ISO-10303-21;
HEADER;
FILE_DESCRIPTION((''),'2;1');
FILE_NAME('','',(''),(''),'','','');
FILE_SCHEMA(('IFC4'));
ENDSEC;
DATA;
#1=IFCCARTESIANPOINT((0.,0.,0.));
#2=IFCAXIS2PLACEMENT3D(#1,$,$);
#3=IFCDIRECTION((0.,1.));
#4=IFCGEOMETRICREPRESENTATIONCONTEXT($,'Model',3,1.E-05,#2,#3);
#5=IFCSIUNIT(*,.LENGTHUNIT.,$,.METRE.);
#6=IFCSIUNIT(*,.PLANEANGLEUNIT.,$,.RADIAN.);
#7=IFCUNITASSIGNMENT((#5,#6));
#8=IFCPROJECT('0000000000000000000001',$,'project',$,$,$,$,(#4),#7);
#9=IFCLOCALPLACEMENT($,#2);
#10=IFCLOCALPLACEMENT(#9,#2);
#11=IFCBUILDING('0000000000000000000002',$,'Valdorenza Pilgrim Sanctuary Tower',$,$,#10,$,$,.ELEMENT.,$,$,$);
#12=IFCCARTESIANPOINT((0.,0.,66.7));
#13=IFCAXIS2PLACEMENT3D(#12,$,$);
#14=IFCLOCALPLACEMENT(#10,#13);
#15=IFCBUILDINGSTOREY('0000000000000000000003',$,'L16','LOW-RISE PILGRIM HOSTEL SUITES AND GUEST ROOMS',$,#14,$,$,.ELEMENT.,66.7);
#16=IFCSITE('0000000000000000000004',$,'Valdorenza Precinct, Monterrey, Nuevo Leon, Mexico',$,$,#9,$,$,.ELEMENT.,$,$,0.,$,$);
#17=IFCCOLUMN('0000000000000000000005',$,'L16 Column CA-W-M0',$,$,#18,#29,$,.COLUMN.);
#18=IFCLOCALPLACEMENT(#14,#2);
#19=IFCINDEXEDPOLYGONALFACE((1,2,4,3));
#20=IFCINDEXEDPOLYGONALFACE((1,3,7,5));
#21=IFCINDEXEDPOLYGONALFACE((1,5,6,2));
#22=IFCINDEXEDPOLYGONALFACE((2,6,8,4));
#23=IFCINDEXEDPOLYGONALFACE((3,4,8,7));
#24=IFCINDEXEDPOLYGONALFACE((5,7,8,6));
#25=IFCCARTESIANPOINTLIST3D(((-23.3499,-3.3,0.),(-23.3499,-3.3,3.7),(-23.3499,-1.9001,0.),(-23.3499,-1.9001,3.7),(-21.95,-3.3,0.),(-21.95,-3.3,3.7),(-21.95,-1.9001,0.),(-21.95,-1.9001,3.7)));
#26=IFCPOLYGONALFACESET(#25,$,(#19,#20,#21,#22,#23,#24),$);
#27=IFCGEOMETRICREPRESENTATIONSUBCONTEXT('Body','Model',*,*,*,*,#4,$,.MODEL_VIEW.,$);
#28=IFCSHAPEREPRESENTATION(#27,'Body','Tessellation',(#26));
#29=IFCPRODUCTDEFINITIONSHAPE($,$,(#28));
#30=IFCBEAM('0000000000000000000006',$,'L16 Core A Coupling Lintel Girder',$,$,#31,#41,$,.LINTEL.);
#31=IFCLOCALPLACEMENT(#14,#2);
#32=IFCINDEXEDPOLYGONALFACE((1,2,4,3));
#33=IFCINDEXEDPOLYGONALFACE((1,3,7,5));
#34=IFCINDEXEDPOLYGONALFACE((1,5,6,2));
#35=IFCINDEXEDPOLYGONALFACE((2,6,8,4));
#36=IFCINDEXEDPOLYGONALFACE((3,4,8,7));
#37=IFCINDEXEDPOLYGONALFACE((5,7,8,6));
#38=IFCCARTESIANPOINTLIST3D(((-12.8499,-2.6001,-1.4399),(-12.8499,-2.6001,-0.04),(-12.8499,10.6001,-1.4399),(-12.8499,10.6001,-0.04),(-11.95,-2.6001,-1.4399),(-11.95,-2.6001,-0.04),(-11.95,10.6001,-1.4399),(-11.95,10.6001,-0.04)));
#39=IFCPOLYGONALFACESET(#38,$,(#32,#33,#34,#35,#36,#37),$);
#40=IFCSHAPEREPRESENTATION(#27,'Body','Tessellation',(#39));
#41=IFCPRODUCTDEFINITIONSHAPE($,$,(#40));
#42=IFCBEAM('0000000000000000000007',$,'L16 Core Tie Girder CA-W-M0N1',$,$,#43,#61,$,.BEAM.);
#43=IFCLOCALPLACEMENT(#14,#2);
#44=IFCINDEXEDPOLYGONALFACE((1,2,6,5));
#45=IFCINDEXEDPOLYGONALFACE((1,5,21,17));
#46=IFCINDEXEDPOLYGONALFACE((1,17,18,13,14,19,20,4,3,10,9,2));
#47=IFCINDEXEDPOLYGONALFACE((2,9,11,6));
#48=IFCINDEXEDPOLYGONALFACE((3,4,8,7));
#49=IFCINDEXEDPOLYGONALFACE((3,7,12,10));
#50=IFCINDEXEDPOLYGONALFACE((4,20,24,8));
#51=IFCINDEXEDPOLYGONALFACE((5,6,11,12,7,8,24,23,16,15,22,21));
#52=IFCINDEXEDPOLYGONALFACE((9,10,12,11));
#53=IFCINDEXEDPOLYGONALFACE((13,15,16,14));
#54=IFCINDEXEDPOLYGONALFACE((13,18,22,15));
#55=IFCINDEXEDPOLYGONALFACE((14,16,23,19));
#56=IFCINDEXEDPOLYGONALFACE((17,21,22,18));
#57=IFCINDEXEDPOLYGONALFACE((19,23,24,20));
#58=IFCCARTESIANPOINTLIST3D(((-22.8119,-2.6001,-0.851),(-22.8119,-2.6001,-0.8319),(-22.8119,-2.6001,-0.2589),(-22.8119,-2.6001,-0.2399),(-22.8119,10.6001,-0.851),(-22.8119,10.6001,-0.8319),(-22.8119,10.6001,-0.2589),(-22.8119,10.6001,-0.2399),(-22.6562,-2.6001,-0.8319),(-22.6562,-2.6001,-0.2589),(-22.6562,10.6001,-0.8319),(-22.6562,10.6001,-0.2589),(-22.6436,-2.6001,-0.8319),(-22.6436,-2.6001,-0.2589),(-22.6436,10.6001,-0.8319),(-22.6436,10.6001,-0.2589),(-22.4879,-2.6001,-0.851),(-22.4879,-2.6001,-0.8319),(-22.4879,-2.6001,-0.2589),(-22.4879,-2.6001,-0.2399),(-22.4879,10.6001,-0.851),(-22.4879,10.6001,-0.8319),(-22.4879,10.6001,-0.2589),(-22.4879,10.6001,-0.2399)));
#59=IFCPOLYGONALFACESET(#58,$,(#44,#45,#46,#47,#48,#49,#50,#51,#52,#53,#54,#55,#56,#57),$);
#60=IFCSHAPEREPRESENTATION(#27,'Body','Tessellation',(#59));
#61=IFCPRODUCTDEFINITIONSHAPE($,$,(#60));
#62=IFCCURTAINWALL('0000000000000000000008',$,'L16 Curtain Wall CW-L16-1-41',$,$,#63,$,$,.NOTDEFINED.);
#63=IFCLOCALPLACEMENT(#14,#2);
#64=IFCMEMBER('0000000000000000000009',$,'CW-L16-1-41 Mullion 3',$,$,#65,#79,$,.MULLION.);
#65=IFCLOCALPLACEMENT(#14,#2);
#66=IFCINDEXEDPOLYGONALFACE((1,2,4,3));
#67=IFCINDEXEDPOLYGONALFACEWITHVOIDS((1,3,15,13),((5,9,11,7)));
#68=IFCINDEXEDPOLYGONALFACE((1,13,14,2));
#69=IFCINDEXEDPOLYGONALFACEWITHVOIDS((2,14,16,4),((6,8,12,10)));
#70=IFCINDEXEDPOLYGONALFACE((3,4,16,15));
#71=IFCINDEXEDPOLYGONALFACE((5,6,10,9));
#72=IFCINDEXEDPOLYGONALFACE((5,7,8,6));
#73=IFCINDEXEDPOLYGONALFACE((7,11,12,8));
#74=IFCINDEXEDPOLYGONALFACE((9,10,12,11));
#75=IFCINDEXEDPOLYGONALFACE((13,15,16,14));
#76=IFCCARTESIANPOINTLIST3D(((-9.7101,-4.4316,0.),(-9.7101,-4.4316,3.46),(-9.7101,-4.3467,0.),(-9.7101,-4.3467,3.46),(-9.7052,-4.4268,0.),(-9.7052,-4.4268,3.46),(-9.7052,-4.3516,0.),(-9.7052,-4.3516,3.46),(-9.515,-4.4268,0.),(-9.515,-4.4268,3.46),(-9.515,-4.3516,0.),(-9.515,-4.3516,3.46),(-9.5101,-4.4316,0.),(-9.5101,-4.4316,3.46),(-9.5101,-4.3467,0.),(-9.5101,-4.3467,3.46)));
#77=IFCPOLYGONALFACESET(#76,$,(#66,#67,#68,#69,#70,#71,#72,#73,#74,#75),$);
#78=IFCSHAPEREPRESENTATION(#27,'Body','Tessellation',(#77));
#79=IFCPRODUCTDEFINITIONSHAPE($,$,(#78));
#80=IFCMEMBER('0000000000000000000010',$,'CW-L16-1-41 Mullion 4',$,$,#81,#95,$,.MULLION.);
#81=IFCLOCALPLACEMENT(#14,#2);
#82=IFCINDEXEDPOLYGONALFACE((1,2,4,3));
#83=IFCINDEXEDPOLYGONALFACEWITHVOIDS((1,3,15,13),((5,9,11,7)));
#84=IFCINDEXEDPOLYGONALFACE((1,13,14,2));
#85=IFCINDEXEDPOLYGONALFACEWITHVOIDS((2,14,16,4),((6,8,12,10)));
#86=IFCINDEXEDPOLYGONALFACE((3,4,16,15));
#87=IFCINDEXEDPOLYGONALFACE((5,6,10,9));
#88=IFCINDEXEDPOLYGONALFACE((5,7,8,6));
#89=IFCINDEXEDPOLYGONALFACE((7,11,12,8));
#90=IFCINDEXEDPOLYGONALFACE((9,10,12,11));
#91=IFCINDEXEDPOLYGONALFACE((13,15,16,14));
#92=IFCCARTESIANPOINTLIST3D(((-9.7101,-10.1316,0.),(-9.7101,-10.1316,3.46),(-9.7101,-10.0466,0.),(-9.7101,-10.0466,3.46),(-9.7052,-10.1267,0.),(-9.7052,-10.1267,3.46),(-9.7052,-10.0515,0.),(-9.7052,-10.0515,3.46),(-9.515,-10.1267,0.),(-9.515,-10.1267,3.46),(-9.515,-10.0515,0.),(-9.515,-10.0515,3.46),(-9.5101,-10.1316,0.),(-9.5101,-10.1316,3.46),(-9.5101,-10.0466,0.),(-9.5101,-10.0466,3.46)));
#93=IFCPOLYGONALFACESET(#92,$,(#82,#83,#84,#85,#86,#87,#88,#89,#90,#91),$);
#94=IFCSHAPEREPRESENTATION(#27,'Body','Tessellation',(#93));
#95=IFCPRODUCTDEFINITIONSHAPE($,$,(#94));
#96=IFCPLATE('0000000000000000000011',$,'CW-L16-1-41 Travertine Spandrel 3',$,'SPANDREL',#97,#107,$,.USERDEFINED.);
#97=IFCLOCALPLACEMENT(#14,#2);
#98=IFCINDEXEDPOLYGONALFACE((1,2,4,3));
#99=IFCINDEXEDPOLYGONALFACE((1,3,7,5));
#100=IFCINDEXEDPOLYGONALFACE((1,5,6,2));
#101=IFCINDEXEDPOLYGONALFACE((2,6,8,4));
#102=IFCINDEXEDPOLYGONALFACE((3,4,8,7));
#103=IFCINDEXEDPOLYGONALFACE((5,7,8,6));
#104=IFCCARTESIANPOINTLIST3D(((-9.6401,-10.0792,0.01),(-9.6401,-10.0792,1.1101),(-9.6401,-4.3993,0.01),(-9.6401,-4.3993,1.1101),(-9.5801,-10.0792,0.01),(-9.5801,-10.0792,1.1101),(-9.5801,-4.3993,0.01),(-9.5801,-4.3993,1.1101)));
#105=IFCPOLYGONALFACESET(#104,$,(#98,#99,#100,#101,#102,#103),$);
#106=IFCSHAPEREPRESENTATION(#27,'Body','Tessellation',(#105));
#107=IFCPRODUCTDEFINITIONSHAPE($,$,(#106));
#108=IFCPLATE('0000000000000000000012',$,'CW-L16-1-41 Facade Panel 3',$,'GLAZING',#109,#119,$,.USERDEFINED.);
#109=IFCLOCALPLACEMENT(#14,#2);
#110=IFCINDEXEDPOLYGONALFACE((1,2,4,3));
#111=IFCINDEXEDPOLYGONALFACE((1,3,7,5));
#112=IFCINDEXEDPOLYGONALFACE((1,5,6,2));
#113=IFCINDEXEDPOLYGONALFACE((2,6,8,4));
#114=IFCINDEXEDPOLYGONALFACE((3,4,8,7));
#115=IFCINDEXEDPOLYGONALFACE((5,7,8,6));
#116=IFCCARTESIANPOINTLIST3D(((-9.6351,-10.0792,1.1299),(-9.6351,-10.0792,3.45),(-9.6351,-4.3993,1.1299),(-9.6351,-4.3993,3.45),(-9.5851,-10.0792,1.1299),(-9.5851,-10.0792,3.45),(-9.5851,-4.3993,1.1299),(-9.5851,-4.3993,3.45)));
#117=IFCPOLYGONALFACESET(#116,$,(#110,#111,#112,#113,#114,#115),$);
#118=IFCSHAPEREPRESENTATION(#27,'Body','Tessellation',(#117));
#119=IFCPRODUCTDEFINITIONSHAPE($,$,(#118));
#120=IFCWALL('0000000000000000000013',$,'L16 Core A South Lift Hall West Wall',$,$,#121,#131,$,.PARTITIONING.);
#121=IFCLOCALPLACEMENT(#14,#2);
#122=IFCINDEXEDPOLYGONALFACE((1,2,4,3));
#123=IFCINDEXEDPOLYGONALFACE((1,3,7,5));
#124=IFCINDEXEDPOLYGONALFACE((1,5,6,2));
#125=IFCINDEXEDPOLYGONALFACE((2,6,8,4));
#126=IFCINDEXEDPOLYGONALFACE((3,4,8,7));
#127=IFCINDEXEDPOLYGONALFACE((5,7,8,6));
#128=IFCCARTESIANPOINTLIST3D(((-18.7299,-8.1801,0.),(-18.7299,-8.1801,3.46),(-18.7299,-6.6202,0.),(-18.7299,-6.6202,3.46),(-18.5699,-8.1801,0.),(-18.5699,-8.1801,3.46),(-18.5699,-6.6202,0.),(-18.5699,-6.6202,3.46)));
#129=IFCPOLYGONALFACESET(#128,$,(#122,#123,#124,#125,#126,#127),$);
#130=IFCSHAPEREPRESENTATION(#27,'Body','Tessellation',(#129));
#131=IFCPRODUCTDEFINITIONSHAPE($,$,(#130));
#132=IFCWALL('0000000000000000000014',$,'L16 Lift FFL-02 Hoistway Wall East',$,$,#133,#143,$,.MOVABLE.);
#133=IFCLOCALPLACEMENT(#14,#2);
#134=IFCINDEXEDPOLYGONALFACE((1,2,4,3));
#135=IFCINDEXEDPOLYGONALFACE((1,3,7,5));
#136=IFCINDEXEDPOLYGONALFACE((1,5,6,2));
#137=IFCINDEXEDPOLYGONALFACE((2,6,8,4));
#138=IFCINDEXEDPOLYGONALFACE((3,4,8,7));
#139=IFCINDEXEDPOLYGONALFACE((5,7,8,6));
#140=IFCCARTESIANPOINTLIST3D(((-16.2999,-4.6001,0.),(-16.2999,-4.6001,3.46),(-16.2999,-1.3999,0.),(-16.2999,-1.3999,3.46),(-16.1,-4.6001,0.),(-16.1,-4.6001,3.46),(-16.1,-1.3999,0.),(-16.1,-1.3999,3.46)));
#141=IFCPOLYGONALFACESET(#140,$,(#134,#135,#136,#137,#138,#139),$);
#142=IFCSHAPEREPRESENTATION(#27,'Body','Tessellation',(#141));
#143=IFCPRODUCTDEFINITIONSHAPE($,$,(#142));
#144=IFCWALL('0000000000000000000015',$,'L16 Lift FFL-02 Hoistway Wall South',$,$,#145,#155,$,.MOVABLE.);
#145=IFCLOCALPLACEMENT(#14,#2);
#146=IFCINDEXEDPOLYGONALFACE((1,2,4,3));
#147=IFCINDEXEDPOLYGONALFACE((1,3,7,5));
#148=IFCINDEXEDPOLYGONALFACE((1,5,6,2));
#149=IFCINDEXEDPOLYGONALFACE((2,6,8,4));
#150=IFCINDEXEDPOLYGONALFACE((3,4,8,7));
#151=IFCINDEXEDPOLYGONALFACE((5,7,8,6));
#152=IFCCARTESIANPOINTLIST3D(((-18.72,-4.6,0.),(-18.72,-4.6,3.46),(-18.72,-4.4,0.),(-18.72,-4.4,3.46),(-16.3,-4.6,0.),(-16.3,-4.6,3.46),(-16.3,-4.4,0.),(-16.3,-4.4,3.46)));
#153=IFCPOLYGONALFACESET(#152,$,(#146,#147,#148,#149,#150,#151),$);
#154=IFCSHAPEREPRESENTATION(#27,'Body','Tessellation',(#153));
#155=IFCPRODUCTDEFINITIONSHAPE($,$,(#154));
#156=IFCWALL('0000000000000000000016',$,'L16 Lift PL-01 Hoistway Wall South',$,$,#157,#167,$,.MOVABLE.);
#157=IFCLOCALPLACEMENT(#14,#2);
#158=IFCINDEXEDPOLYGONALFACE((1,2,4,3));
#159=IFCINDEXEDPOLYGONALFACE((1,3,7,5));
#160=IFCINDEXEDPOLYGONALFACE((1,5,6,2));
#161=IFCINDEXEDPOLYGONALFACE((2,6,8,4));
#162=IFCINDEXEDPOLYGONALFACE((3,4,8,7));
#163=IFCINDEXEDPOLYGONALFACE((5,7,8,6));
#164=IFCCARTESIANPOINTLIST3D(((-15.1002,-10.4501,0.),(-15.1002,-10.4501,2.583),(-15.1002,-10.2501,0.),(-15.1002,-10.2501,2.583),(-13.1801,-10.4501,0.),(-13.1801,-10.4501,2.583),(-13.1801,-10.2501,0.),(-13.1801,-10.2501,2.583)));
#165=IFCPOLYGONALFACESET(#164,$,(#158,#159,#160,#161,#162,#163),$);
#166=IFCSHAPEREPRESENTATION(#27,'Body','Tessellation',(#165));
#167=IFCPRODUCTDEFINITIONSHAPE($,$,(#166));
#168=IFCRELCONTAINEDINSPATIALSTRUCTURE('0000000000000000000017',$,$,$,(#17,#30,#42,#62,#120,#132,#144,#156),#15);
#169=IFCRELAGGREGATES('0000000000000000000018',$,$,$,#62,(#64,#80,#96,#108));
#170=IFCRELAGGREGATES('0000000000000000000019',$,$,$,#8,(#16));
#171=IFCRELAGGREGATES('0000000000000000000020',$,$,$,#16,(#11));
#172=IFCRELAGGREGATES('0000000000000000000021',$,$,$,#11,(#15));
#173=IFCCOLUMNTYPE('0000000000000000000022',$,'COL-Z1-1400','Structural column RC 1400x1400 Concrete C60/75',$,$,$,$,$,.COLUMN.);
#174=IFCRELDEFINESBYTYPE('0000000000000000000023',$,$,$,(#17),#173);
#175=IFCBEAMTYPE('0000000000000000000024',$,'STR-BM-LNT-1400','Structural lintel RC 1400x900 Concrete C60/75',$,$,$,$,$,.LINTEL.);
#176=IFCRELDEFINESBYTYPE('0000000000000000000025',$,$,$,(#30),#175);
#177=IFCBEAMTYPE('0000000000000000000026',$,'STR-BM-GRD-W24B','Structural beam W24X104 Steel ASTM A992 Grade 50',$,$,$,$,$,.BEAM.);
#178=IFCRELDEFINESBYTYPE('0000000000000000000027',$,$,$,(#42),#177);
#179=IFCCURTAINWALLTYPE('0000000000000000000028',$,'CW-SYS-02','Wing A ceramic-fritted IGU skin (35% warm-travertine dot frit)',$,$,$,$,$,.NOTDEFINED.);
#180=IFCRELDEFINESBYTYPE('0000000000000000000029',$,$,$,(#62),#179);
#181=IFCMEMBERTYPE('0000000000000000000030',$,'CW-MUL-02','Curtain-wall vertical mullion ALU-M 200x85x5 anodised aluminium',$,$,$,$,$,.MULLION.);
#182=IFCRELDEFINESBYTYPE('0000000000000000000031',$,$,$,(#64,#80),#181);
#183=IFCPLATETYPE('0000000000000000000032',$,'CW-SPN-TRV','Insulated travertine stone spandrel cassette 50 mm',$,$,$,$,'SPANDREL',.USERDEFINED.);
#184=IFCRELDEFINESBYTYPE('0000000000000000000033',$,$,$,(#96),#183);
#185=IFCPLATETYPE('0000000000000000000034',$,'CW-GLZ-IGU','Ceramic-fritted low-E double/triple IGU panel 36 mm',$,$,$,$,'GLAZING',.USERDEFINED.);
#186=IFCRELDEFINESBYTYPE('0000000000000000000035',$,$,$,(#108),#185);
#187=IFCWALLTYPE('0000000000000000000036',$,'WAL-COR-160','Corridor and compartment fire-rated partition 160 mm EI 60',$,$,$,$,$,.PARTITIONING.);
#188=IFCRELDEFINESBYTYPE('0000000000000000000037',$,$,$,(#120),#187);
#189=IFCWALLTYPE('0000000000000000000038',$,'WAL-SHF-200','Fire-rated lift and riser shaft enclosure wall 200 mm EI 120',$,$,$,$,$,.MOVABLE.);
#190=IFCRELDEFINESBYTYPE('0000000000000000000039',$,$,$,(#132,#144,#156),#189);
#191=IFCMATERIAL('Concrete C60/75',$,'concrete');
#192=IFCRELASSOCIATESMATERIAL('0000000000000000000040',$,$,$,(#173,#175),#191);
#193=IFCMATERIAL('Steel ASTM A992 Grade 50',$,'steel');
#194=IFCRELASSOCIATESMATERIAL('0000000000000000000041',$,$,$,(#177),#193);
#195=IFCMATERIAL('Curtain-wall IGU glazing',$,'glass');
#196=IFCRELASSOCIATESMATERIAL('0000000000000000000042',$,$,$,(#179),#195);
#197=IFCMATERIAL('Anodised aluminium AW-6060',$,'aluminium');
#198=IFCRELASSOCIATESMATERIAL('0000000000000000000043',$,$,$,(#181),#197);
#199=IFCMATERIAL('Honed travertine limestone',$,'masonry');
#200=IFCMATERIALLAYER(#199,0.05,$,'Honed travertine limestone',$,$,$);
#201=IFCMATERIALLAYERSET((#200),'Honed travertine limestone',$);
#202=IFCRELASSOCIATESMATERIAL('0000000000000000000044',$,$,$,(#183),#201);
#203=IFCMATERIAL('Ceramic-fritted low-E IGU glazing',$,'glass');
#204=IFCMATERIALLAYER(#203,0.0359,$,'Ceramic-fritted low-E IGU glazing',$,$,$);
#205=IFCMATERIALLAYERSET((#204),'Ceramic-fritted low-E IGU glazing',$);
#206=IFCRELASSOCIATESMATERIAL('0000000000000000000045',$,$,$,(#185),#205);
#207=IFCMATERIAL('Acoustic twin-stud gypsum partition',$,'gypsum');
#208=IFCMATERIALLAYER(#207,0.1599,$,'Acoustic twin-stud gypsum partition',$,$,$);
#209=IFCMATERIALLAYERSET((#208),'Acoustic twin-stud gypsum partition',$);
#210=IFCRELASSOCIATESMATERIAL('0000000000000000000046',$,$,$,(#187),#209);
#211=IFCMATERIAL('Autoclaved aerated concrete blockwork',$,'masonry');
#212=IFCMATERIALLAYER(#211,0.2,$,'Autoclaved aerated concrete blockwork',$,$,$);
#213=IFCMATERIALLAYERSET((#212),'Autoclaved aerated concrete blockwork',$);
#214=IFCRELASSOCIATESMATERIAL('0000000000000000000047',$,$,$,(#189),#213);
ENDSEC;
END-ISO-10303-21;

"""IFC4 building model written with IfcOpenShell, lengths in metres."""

from ifc_helpers import new_model, si_unit, direction, frame, frame_2d, origin, origin_2d, place, context, subcontext, project, spatial, rectangle, hollow_rectangle, i_section, extrude, source, transform, mapped, material, layer, layer_set, material_profile, profile_set, type_object, element, aggregate, save


model = new_model("IFC4")

# Units and contexts
model_context = context("Model", 3, precision=1e-05, world=origin(), true_north=direction((0.0, 1.0)))
body_context = subcontext(model_context, "Body", "Model", "MODEL_VIEW")
ifc_project = project(units=[si_unit("LENGTHUNIT", "METRE"), si_unit("PLANEANGLEUNIT", "RADIAN")], contexts=[model_context])

# Site, building, storey
site_placement = place(None, origin())
site = spatial("IfcSite", under=ifc_project, at=site_placement, Name="Valdorenza Precinct, Monterrey, Nuevo Leon, Mexico", CompositionType="ELEMENT", RefElevation=0.0)
building_placement = place(site_placement, origin())
building = spatial("IfcBuilding", under=site, at=building_placement, Name="Valdorenza Pilgrim Sanctuary Tower", CompositionType="ELEMENT")
storey_placement = place(building_placement, frame((0.0, 0.0, 66.7)))
storey = spatial("IfcBuildingStorey", under=building, at=storey_placement, Name="L16", Description="LOW-RISE PILGRIM HOSTEL SUITES AND GUEST ROOMS", CompositionType="ELEMENT", Elevation=66.7)

# Column
ifc_material_1 = material(Name="Concrete C60/75", Category="concrete")
ifc_material_profile_1 = material_profile(ifc_material_1, rectangle(XDim=1.3999, YDim=1.3999, at=origin_2d()), Name="RC 1400x1400")
ifc_profile_set_1 = profile_set([ifc_material_profile_1], Name="Concrete C60/75")
column_type = type_object("IfcColumnType", Name="COL-Z1-1400", Description="Structural column RC 1400x1400 Concrete C60/75", PredefinedType="COLUMN", material=ifc_profile_set_1)
shared_shape_1 = source(origin(), body_context, "Body", "SweptSolid", [
    extrude(rectangle(XDim=1.3999, YDim=1.3999, at=origin_2d()), origin(), (0.0, 0.0, 1.0), 3.7),
])
column_placement = place(storey_placement, frame((-22.6499, -2.6001, 0.0), z_axis=(0.0, 0.0, 1.0), x_axis=(1.0, 0.0, 0.0)))
element("IfcColumn", 1, at=column_placement, inside=storey, type_object=column_type, Name="L16 Column CA-W-M0", PredefinedType="COLUMN", context=body_context, shape_type="MappedRepresentation", body=[
    mapped(shared_shape_1, transform((0.0, 0.0, 0.0), x_axis=(1.0, 0.0, 0.0), y_axis=(0.0, 1.0, 0.0), z_axis=(0.0, 0.0, 1.0), scale=1.0)),
])

# Beams
ifc_material_profile_2 = material_profile(ifc_material_1, rectangle(XDim=0.8999, YDim=1.3999, at=origin_2d()), Name="RC 1400x900")
ifc_profile_set_2 = profile_set([ifc_material_profile_2], Name="Concrete C60/75")
beam_type_1 = type_object("IfcBeamType", Name="STR-BM-LNT-1400", Description="Structural lintel RC 1400x900 Concrete C60/75", PredefinedType="LINTEL", material=ifc_profile_set_2)
shared_shape_2 = source(origin(), body_context, "Body", "SweptSolid", [
    extrude(rectangle(XDim=0.8999, YDim=1.3999, at=origin_2d()), origin(), (0.0, 0.0, 1.0), 13.2002),
])
beam_1_placement = place(storey_placement, frame((-12.3999, -2.6001, -0.74), z_axis=(0.0, 1.0, 0.0), x_axis=(-1.0, 0.0, 0.0)))
element("IfcBeam", 2, at=beam_1_placement, inside=storey, type_object=beam_type_1, Name="L16 Core A Coupling Lintel Girder", PredefinedType="LINTEL", context=body_context, shape_type="MappedRepresentation", body=[
    mapped(shared_shape_2, transform((0.0, 0.0, 0.0), x_axis=(1.0, 0.0, 0.0), y_axis=(0.0, 1.0, 0.0), z_axis=(0.0, 0.0, 1.0), scale=1.0)),
])
ifc_material_2 = material(Name="Steel ASTM A992 Grade 50", Category="steel")
ifc_material_profile_3 = material_profile(ifc_material_2, i_section(OverallWidth=0.324, OverallDepth=0.6111, WebThickness=0.0127, FlangeThickness=0.019, at=origin_2d()), Name="W24X104")
ifc_profile_set_3 = profile_set([ifc_material_profile_3], Name="Steel ASTM A992 Grade 50")
beam_type_2 = type_object("IfcBeamType", Name="STR-BM-GRD-W24B", Description="Structural beam W24X104 Steel ASTM A992 Grade 50", PredefinedType="BEAM", material=ifc_profile_set_3)
shared_shape_3 = source(origin(), body_context, "Body", "SweptSolid", [
    extrude(i_section(OverallWidth=0.324, OverallDepth=0.6111, WebThickness=0.0127, FlangeThickness=0.019, at=origin_2d()), origin(), (0.0, 0.0, 1.0), 13.2002),
])
beam_2_placement = place(storey_placement, frame((-22.6499, -2.6001, -0.5454), z_axis=(0.0, 1.0, 0.0), x_axis=(-1.0, 0.0, 0.0)))
element("IfcBeam", 3, at=beam_2_placement, inside=storey, type_object=beam_type_2, Name="L16 Core Tie Girder CA-W-M0N1", PredefinedType="BEAM", context=body_context, shape_type="MappedRepresentation", body=[
    mapped(shared_shape_3, transform((0.0, 0.0, 0.0), x_axis=(1.0, 0.0, 0.0), y_axis=(0.0, 1.0, 0.0), z_axis=(0.0, 0.0, 1.0), scale=1.0)),
])

# Curtain wall, members, plates
ifc_material_3 = material(Name="Curtain-wall IGU glazing", Category="glass")
curtain_wall_type = type_object("IfcCurtainWallType", Name="CW-SYS-02", Description="Wing A ceramic-fritted IGU skin (35% warm-travertine dot frit)", PredefinedType="NOTDEFINED", material=ifc_material_3)
curtain_wall_placement = place(storey_placement, origin())
curtain_wall = element("IfcCurtainWall", 4, at=curtain_wall_placement, inside=storey, type_object=curtain_wall_type, Name="L16 Curtain Wall CW-L16-1-41", PredefinedType="NOTDEFINED")
ifc_material_4 = material(Name="Anodised aluminium AW-6060", Category="aluminium")
ifc_material_profile_4 = material_profile(ifc_material_4, hollow_rectangle(XDim=0.085, YDim=0.2, WallThickness=0.0049, at=origin_2d()), Name="ALU-M 200x85x5")
ifc_profile_set_4 = profile_set([ifc_material_profile_4], Name="Anodised aluminium AW-6060")
member_type = type_object("IfcMemberType", Name="CW-MUL-02", Description="Curtain-wall vertical mullion ALU-M 200x85x5 anodised aluminium", PredefinedType="MULLION", material=ifc_profile_set_4)
shared_shape_4 = source(origin(), body_context, "Body", "SweptSolid", [
    extrude(hollow_rectangle(XDim=0.085, YDim=0.2, WallThickness=0.0049, at=origin_2d()), origin(), (0.0, 0.0, 1.0), 3.46),
])
member_1_placement = place(storey_placement, frame((-9.6101, -4.3892, 0.0), z_axis=(0.0, 0.0, 1.0), x_axis=(0.0, -1.0, 0.0)))
member_1 = element("IfcMember", 5, at=member_1_placement, type_object=member_type, Name="CW-L16-1-41 Mullion 3", PredefinedType="MULLION", context=body_context, shape_type="MappedRepresentation", body=[
    mapped(shared_shape_4, transform((0.0, 0.0, 0.0), x_axis=(1.0, 0.0, 0.0), y_axis=(0.0, 1.0, 0.0), z_axis=(0.0, 0.0, 1.0), scale=1.0)),
])
member_2_placement = place(storey_placement, frame((-9.6101, -10.0891, 0.0), z_axis=(0.0, 0.0, 1.0), x_axis=(0.0, -1.0, 0.0)))
member_2 = element("IfcMember", 6, at=member_2_placement, type_object=member_type, Name="CW-L16-1-41 Mullion 4", PredefinedType="MULLION", context=body_context, shape_type="MappedRepresentation", body=[
    mapped(shared_shape_4, transform((0.0, 0.0, 0.0), x_axis=(1.0, 0.0, 0.0), y_axis=(0.0, 1.0, 0.0), z_axis=(0.0, 0.0, 1.0), scale=1.0)),
])
ifc_material_5 = material(Name="Honed travertine limestone", Category="masonry")
ifc_layer_1 = layer(ifc_material_5, 0.05, Name="Honed travertine limestone")
ifc_layer_set_1 = layer_set([ifc_layer_1], Name="Honed travertine limestone")
plate_type_1 = type_object("IfcPlateType", Name="CW-SPN-TRV", Description="Insulated travertine stone spandrel cassette 50 mm", ElementType="SPANDREL", PredefinedType="USERDEFINED", material=ifc_layer_set_1)
shared_shape_5 = source(origin(), body_context, "Body", "SweptSolid", [
    extrude(rectangle(XDim=5.6799, YDim=0.0601, at=origin_2d()), origin(), (0.0, 0.0, 1.0), 1.1001),
])
plate_1_placement = place(storey_placement, frame((-9.6101, -7.2393, 0.01), z_axis=(0.0, 0.0, 1.0), x_axis=(0.0, -1.0, 0.0)))
plate_1 = element("IfcPlate", 7, at=plate_1_placement, type_object=plate_type_1, Name="CW-L16-1-41 Travertine Spandrel 3", ObjectType="SPANDREL", PredefinedType="USERDEFINED", context=body_context, shape_type="MappedRepresentation", body=[
    mapped(shared_shape_5, transform((0.0, 0.0, 0.0), x_axis=(1.0, 0.0, 0.0), y_axis=(0.0, 1.0, 0.0), z_axis=(0.0, 0.0, 1.0), scale=1.0)),
])
ifc_material_6 = material(Name="Ceramic-fritted low-E IGU glazing", Category="glass")
ifc_layer_2 = layer(ifc_material_6, 0.0359, Name="Ceramic-fritted low-E IGU glazing")
ifc_layer_set_2 = layer_set([ifc_layer_2], Name="Ceramic-fritted low-E IGU glazing")
plate_type_2 = type_object("IfcPlateType", Name="CW-GLZ-IGU", Description="Ceramic-fritted low-E double/triple IGU panel 36 mm", ElementType="GLAZING", PredefinedType="USERDEFINED", material=ifc_layer_set_2)
shared_shape_6 = source(origin(), body_context, "Body", "SweptSolid", [
    extrude(rectangle(XDim=5.6799, YDim=0.05, at=origin_2d()), origin(), (0.0, 0.0, 1.0), 2.3201),
])
plate_2_placement = place(storey_placement, frame((-9.6101, -7.2393, 1.1299), z_axis=(0.0, 0.0, 1.0), x_axis=(0.0, -1.0, 0.0)))
plate_2 = element("IfcPlate", 8, at=plate_2_placement, type_object=plate_type_2, Name="CW-L16-1-41 Facade Panel 3", ObjectType="GLAZING", PredefinedType="USERDEFINED", context=body_context, shape_type="MappedRepresentation", body=[
    mapped(shared_shape_6, transform((0.0, 0.0, 0.0), x_axis=(1.0, 0.0, 0.0), y_axis=(0.0, 1.0, 0.0), z_axis=(0.0, 0.0, 1.0), scale=1.0)),
])
aggregate(curtain_wall, [member_1, member_2, plate_1, plate_2])

# Walls
ifc_material_7 = material(Name="Acoustic twin-stud gypsum partition", Category="gypsum")
ifc_layer_3 = layer(ifc_material_7, 0.1599, Name="Acoustic twin-stud gypsum partition")
ifc_layer_set_3 = layer_set([ifc_layer_3], Name="Acoustic twin-stud gypsum partition")
wall_type_1 = type_object("IfcWallType", Name="WAL-COR-160", Description="Corridor and compartment fire-rated partition 160 mm EI 60", PredefinedType="PARTITIONING", material=ifc_layer_set_3)
wall_1_placement = place(storey_placement, frame((-18.6499, -8.1799, 0.0), z_axis=(0.0, 0.0, 1.0), x_axis=(0.0, 1.0, 0.0)))
element("IfcWall", 9, at=wall_1_placement, inside=storey, type_object=wall_type_1, Name="L16 Core A South Lift Hall West Wall", PredefinedType="PARTITIONING", context=body_context, shape_type="SweptSolid", body=[
    extrude(rectangle(XDim=1.5598, YDim=0.1599, at=frame_2d((0.7798, 0.0))), origin(), (0.0, 0.0, 1.0), 3.46),
])
ifc_material_8 = material(Name="Autoclaved aerated concrete blockwork", Category="masonry")
ifc_layer_4 = layer(ifc_material_8, 0.2, Name="Autoclaved aerated concrete blockwork")
ifc_layer_set_4 = layer_set([ifc_layer_4], Name="Autoclaved aerated concrete blockwork")
wall_type_2 = type_object("IfcWallType", Name="WAL-SHF-200", Description="Fire-rated lift and riser shaft enclosure wall 200 mm EI 120", PredefinedType="MOVABLE", material=ifc_layer_set_4)
wall_2_placement = place(storey_placement, frame((-16.2, -4.6001, 0.0), z_axis=(0.0, 0.0, 1.0), x_axis=(0.0, 1.0, 0.0)))
element("IfcWall", 10, at=wall_2_placement, inside=storey, type_object=wall_type_2, Name="L16 Lift FFL-02 Hoistway Wall East", PredefinedType="MOVABLE", context=body_context, shape_type="SweptSolid", body=[
    extrude(rectangle(XDim=3.2002, YDim=0.2, at=frame_2d((1.6001, 0.0))), origin(), (0.0, 0.0, 1.0), 3.46),
])
wall_3_placement = place(storey_placement, frame((-18.72, -4.5, 0.0), z_axis=(0.0, 0.0, 1.0), x_axis=(1.0, 0.0, 0.0)))
element("IfcWall", 11, at=wall_3_placement, inside=storey, type_object=wall_type_2, Name="L16 Lift FFL-02 Hoistway Wall South", PredefinedType="MOVABLE", context=body_context, shape_type="SweptSolid", body=[
    extrude(rectangle(XDim=2.4199, YDim=0.2, at=frame_2d((1.21, 0.0))), origin(), (0.0, 0.0, 1.0), 3.46),
])
wall_4_placement = place(storey_placement, frame((-15.1001, -10.3501, 0.0), z_axis=(0.0, 0.0, 1.0), x_axis=(1.0, 0.0, 0.0)))
element("IfcWall", 12, at=wall_4_placement, inside=storey, type_object=wall_type_2, Name="L16 Lift PL-01 Hoistway Wall South", PredefinedType="MOVABLE", context=body_context, shape_type="SweptSolid", body=[
    extrude(rectangle(XDim=1.9202, YDim=0.2, at=frame_2d((0.96, 0.0))), origin(), (0.0, 0.0, 1.0), 2.583),
])

save(model, "model.ifc")
